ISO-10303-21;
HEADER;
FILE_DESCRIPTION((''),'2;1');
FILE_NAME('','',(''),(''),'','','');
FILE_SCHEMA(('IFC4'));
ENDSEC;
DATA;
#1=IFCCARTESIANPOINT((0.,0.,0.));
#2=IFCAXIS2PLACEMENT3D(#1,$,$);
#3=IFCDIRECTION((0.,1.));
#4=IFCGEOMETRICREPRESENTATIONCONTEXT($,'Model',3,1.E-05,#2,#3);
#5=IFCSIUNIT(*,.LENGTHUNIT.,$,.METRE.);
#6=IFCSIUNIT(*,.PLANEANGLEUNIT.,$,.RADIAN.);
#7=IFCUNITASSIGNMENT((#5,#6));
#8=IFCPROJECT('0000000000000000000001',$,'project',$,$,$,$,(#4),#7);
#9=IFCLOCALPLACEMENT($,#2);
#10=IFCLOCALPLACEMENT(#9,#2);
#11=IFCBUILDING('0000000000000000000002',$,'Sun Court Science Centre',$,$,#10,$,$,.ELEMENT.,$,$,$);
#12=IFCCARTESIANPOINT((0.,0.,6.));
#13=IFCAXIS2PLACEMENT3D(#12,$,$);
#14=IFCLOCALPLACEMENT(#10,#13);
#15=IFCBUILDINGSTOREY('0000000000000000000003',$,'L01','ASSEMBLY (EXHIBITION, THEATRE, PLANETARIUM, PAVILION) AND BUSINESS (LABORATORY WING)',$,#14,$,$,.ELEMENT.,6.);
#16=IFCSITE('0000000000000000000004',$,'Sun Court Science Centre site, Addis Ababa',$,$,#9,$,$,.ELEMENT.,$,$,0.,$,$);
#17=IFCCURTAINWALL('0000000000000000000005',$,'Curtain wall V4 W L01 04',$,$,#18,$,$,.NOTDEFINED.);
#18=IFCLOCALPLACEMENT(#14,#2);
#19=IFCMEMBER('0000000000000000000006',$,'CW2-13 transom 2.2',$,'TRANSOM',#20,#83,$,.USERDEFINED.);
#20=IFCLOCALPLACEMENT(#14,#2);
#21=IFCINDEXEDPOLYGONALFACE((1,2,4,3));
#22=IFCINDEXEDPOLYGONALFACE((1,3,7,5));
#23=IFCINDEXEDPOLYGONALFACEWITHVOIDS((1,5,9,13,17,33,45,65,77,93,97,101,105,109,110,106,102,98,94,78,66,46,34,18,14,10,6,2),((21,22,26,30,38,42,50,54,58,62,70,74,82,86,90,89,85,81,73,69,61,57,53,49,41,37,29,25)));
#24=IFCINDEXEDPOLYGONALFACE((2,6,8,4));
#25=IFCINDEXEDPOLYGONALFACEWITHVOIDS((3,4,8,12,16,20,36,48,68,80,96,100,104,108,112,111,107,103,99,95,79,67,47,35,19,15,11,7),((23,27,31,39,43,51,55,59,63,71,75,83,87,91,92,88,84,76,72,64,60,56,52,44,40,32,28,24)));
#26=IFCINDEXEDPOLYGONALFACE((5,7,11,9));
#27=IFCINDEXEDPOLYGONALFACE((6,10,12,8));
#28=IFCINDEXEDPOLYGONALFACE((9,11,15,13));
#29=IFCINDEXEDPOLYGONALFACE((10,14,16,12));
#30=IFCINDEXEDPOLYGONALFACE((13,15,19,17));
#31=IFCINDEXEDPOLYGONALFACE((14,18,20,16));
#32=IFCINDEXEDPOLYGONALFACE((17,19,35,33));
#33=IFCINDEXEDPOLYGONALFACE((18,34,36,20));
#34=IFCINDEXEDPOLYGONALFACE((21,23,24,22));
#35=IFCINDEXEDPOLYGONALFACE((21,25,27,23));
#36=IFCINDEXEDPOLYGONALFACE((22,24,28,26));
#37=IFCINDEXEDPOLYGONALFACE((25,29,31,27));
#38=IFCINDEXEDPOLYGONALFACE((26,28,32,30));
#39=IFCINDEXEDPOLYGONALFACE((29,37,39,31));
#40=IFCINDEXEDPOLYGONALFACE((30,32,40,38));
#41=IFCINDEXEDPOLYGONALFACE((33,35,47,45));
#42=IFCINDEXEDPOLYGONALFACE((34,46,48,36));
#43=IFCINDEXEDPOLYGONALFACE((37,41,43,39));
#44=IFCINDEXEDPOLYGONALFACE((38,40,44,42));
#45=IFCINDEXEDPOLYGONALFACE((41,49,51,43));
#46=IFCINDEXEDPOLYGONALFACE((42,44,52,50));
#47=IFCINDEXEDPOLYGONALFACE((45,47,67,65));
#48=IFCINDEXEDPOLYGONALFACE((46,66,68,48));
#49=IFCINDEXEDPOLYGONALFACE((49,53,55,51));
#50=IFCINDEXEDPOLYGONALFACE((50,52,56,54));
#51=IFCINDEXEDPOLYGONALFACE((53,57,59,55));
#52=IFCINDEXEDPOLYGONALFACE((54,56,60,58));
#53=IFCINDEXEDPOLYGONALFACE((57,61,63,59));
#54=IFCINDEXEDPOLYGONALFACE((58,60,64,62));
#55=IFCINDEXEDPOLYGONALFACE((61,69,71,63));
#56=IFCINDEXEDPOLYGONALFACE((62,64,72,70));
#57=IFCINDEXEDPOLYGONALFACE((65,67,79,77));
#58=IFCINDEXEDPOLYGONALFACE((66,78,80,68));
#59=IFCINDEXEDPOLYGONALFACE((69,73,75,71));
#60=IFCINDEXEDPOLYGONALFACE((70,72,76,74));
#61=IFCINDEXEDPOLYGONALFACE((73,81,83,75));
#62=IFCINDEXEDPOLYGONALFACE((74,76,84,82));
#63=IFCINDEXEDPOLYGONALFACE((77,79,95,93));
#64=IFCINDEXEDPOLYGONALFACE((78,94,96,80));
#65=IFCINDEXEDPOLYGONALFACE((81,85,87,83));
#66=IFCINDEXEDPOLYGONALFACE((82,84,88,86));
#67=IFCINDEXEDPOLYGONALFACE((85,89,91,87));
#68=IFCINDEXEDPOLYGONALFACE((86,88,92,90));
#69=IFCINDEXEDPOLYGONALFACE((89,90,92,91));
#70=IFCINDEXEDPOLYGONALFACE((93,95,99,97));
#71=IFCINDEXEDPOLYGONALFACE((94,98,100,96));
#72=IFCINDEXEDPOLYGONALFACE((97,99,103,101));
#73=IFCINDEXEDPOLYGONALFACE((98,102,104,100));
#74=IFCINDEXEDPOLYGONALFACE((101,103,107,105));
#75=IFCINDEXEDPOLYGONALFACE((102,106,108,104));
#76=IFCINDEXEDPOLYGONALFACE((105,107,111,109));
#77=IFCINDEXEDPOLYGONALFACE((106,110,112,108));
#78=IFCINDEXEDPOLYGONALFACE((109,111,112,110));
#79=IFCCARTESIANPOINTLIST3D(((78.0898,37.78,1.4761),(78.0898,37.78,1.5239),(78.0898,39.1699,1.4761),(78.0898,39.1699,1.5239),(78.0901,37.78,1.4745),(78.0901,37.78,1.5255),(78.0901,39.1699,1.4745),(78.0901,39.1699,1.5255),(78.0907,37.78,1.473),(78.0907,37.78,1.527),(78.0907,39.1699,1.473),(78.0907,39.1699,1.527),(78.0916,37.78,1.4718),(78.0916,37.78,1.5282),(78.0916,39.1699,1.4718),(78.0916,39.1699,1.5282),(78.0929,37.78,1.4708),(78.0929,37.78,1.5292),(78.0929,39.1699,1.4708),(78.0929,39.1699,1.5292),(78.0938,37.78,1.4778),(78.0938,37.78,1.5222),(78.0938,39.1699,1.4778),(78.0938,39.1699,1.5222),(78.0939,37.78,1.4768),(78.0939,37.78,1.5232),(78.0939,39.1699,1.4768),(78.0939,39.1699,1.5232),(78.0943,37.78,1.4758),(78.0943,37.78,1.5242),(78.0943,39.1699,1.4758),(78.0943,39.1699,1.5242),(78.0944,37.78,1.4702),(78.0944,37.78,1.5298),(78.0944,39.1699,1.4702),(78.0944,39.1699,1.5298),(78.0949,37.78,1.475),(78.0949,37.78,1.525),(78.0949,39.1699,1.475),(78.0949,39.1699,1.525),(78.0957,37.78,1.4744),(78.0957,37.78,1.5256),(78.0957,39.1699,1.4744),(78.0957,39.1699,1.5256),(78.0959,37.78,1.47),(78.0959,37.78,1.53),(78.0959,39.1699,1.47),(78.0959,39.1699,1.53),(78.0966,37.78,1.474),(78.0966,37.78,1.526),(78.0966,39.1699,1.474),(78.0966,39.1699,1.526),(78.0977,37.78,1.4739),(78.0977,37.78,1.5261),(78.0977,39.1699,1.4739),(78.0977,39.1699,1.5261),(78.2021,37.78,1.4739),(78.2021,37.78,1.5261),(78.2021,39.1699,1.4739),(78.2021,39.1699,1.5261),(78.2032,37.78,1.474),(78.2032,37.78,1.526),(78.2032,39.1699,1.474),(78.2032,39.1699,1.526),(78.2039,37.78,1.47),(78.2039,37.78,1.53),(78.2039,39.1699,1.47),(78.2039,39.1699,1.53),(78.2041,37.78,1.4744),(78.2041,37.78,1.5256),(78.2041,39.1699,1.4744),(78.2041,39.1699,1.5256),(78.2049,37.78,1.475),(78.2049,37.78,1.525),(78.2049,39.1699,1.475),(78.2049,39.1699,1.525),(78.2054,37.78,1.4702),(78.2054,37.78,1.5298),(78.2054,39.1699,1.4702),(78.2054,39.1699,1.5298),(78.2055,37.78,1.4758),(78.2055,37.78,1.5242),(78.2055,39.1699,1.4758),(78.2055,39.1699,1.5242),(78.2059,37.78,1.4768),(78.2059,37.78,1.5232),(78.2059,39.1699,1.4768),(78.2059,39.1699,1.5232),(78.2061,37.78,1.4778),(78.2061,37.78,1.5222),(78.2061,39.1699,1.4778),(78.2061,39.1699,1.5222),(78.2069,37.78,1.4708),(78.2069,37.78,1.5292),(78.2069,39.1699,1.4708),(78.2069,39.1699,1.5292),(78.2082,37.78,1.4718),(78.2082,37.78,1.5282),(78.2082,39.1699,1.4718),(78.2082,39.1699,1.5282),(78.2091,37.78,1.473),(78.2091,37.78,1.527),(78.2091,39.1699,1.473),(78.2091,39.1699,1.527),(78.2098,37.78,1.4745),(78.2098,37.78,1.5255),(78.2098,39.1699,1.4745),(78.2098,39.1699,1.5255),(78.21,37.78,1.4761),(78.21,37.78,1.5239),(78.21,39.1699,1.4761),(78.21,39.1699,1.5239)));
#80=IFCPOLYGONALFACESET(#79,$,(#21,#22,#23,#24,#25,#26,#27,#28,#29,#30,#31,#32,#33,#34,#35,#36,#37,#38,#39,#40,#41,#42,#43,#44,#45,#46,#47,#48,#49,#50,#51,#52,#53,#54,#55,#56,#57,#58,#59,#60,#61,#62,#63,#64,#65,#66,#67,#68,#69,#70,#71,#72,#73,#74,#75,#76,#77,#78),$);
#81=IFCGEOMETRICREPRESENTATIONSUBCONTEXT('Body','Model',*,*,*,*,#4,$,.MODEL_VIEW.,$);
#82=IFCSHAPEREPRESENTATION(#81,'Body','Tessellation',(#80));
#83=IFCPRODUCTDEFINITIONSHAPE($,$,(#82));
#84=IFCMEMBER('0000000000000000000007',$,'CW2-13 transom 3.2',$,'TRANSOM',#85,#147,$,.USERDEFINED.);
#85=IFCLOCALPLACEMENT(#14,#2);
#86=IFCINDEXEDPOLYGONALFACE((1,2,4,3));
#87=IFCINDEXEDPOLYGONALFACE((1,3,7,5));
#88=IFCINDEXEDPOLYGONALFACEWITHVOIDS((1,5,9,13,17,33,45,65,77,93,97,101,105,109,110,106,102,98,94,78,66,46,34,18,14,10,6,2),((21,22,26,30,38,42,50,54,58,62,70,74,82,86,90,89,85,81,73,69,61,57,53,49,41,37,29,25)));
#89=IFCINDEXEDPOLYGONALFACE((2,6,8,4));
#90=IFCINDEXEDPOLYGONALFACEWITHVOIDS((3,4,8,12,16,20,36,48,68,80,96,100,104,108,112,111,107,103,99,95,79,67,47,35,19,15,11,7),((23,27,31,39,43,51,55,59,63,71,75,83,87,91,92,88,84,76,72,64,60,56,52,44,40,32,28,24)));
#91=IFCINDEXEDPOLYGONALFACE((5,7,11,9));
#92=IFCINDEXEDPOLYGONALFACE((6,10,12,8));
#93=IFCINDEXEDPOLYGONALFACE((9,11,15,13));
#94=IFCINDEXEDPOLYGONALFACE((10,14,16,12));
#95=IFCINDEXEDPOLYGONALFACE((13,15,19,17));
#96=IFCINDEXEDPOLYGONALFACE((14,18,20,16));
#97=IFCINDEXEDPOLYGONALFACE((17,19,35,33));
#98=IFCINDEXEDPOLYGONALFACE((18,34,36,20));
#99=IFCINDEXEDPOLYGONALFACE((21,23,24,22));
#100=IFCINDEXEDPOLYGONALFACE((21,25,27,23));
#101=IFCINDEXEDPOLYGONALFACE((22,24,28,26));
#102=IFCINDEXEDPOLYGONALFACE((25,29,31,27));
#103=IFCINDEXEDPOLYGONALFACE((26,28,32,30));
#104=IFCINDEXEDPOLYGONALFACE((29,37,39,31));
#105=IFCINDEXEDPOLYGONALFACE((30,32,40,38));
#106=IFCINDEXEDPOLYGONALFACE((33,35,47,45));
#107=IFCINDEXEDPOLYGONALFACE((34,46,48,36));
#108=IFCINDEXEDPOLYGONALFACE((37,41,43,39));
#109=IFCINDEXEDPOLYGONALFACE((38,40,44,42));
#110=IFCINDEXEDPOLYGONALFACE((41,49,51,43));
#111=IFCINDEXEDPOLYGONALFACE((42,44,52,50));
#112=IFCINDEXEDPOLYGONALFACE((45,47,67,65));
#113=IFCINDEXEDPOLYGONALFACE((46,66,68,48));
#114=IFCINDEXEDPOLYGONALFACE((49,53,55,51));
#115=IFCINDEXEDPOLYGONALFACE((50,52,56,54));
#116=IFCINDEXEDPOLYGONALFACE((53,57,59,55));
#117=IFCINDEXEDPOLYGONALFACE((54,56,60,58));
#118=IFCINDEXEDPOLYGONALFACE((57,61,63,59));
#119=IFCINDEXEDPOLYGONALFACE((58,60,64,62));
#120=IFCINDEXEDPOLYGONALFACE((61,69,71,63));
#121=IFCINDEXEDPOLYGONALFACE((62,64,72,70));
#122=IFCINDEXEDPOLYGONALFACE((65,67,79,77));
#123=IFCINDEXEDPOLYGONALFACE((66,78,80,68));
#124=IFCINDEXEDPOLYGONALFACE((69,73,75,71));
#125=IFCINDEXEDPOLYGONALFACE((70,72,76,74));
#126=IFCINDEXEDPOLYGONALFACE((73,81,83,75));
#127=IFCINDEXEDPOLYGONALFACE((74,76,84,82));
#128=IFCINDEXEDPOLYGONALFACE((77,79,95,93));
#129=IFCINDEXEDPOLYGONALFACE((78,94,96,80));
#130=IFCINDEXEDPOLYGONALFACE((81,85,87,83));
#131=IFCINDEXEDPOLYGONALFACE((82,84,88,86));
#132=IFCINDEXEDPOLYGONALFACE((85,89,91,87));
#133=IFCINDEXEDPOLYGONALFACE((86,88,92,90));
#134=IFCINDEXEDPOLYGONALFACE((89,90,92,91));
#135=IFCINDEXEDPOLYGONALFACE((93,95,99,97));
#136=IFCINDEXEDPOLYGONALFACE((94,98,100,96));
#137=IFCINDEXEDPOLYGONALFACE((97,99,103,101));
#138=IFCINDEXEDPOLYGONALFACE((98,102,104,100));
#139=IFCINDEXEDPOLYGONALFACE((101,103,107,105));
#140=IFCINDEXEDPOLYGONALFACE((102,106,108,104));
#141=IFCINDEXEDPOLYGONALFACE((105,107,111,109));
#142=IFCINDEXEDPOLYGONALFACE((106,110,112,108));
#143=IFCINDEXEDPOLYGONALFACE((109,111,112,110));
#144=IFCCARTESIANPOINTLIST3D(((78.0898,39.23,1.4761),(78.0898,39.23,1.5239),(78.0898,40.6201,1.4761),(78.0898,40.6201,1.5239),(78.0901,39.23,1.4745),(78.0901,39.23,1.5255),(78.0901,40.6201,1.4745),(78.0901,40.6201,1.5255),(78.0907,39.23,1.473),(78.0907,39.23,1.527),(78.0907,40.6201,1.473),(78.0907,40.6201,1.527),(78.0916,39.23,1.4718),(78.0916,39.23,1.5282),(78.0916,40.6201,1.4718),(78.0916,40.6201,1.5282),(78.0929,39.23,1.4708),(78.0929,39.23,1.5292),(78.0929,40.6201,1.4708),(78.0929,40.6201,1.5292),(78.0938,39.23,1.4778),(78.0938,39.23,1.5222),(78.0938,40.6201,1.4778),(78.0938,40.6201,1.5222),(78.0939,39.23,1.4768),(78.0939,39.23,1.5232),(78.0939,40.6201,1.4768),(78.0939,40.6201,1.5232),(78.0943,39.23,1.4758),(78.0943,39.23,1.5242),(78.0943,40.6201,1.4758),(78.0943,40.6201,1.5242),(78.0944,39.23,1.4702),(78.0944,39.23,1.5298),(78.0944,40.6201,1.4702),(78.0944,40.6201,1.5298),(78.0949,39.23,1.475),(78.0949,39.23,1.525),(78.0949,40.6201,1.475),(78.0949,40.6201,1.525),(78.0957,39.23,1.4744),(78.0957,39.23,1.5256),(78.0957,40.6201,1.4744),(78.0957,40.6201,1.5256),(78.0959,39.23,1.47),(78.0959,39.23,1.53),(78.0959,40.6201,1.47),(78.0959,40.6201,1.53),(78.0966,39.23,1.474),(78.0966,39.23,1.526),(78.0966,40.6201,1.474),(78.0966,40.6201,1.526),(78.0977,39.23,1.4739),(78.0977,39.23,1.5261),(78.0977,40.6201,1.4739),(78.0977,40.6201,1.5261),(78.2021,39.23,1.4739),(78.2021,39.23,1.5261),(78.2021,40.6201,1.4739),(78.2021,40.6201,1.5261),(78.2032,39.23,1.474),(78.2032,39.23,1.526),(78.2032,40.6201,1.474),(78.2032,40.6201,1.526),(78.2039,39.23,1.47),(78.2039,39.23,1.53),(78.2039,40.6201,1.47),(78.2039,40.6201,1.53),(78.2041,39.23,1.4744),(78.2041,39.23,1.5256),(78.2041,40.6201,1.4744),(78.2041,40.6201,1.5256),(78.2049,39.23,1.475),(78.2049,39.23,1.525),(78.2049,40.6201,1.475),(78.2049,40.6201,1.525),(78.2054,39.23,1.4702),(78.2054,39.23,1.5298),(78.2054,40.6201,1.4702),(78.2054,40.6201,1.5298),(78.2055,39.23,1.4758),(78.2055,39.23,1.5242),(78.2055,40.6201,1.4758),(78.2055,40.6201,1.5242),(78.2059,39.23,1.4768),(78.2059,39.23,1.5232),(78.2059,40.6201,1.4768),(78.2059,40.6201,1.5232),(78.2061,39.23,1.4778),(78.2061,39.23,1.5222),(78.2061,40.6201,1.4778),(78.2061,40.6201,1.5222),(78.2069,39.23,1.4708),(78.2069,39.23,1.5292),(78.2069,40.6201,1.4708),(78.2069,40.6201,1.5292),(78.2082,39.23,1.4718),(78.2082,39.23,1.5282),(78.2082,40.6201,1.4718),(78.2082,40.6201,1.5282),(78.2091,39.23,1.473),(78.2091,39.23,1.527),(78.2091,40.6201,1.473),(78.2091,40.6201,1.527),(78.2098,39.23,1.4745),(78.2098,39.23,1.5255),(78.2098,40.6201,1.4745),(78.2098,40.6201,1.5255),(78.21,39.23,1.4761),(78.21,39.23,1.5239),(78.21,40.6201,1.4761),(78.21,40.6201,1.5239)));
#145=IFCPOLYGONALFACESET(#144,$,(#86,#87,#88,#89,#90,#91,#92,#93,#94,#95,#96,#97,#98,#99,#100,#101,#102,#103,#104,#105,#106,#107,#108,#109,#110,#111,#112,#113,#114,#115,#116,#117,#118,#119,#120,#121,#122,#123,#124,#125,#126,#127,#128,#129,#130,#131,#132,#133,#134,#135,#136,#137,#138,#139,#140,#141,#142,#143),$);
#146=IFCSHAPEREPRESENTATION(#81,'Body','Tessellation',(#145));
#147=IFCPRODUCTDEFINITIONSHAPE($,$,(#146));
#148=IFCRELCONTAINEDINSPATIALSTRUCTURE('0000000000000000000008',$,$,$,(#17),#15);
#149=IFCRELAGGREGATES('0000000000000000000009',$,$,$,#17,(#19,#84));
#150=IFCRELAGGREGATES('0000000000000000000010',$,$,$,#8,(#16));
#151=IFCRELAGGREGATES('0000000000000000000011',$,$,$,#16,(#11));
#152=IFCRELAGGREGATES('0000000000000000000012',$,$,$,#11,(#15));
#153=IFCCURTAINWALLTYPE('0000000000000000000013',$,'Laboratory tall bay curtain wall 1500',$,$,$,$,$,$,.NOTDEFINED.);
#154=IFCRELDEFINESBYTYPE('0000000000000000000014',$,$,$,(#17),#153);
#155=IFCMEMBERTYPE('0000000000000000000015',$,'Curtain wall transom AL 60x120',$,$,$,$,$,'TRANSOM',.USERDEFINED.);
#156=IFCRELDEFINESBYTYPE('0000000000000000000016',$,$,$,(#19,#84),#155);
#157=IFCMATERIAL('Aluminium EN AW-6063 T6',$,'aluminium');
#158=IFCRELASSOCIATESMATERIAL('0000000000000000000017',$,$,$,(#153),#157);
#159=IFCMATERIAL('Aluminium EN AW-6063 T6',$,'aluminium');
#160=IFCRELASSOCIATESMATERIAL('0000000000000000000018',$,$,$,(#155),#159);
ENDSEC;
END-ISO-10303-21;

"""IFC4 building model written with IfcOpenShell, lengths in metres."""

from ifc_helpers import new_model, si_unit, direction, frame, origin, origin_2d, place, context, subcontext, project, spatial, hollow_rectangle, extrude, material, material_profile, profile_set, type_object, element, aggregate, save


model = new_model("IFC4")

# Units and contexts
model_context = context("Model", 3, precision=1e-05, world=origin(), true_north=direction((0.0, 1.0)))
body_context = subcontext(model_context, "Body", "Model", "MODEL_VIEW")
ifc_project = project(units=[si_unit("LENGTHUNIT", "METRE"), si_unit("PLANEANGLEUNIT", "RADIAN")], contexts=[model_context])

# Site, building, storey
site_placement = place(None, origin())
site = spatial("IfcSite", under=ifc_project, at=site_placement, Name="Sun Court Science Centre site, Addis Ababa", CompositionType="ELEMENT", RefElevation=0.0)
building_placement = place(site_placement, origin())
building = spatial("IfcBuilding", under=site, at=building_placement, Name="Sun Court Science Centre", CompositionType="ELEMENT")
storey_placement = place(building_placement, frame((0.0, 0.0, 6.0)))
storey = spatial("IfcBuildingStorey", under=building, at=storey_placement, Name="L01", Description="ASSEMBLY (EXHIBITION, THEATRE, PLANETARIUM, PAVILION) AND BUSINESS (LABORATORY WING)", CompositionType="ELEMENT", Elevation=6.0)

# Shared definitions
ifc_material_1 = material(Name="Aluminium EN AW-6063 T6", Category="aluminium")
curtain_wall_type = type_object("IfcCurtainWallType", Name="Laboratory tall bay curtain wall 1500", PredefinedType="NOTDEFINED", material=ifc_material_1)

# Curtain wall
curtain_wall_1_placement = place(storey_placement, origin())
curtain_wall_1 = element("IfcCurtainWall", 1, at=curtain_wall_1_placement, inside=storey, type_object=curtain_wall_type, Name="Curtain wall V4 W L01 04", PredefinedType="NOTDEFINED")

# Members
ifc_material_2 = material(Name="Aluminium EN AW-6063 T6", Category="aluminium")
ifc_material_profile_1 = material_profile(ifc_material_2, hollow_rectangle(XDim=0.0601, YDim=0.1201, WallThickness=0.0039, InnerFilletRadius=0.0039, OuterFilletRadius=0.0061, at=origin_2d()), Name="AL 60x120x4")
ifc_profile_set_1 = profile_set([ifc_material_profile_1], Name="Aluminium EN AW-6063 T6")
member_type_1 = type_object("IfcMemberType", Name="Curtain wall transom AL 60x120", ElementType="TRANSOM", PredefinedType="USERDEFINED", material=ifc_profile_set_1)
member_1_placement = place(storey_placement, frame((78.1499, 37.78, 1.5), z_axis=(0.0, 1.0, 0.0), x_axis=(0.0, 0.0, 1.0)))
member_1 = element("IfcMember", 2, at=member_1_placement, type_object=member_type_1, Name="CW2-13 transom 2.2", ObjectType="TRANSOM", PredefinedType="USERDEFINED", context=body_context, shape_type="SweptSolid", body=[
    extrude(hollow_rectangle(XDim=0.0601, YDim=0.1201, WallThickness=0.0039, InnerFilletRadius=0.0039, OuterFilletRadius=0.0061, at=origin_2d()), origin(), (0.0, 0.0, 1.0), 1.3899),
])
member_2_placement = place(storey_placement, frame((78.1499, 39.23, 1.5), z_axis=(0.0, 1.0, 0.0), x_axis=(0.0, 0.0, 1.0)))
member_2 = element("IfcMember", 3, at=member_2_placement, type_object=member_type_1, Name="CW2-13 transom 3.2", ObjectType="TRANSOM", PredefinedType="USERDEFINED", context=body_context, shape_type="SweptSolid", body=[
    extrude(hollow_rectangle(XDim=0.0601, YDim=0.1201, WallThickness=0.0039, InnerFilletRadius=0.0039, OuterFilletRadius=0.0061, at=origin_2d()), origin(), (0.0, 0.0, 1.0), 1.3901),
])

aggregate(curtain_wall_1, [member_1, member_2])

save(model, "model.ifc")
